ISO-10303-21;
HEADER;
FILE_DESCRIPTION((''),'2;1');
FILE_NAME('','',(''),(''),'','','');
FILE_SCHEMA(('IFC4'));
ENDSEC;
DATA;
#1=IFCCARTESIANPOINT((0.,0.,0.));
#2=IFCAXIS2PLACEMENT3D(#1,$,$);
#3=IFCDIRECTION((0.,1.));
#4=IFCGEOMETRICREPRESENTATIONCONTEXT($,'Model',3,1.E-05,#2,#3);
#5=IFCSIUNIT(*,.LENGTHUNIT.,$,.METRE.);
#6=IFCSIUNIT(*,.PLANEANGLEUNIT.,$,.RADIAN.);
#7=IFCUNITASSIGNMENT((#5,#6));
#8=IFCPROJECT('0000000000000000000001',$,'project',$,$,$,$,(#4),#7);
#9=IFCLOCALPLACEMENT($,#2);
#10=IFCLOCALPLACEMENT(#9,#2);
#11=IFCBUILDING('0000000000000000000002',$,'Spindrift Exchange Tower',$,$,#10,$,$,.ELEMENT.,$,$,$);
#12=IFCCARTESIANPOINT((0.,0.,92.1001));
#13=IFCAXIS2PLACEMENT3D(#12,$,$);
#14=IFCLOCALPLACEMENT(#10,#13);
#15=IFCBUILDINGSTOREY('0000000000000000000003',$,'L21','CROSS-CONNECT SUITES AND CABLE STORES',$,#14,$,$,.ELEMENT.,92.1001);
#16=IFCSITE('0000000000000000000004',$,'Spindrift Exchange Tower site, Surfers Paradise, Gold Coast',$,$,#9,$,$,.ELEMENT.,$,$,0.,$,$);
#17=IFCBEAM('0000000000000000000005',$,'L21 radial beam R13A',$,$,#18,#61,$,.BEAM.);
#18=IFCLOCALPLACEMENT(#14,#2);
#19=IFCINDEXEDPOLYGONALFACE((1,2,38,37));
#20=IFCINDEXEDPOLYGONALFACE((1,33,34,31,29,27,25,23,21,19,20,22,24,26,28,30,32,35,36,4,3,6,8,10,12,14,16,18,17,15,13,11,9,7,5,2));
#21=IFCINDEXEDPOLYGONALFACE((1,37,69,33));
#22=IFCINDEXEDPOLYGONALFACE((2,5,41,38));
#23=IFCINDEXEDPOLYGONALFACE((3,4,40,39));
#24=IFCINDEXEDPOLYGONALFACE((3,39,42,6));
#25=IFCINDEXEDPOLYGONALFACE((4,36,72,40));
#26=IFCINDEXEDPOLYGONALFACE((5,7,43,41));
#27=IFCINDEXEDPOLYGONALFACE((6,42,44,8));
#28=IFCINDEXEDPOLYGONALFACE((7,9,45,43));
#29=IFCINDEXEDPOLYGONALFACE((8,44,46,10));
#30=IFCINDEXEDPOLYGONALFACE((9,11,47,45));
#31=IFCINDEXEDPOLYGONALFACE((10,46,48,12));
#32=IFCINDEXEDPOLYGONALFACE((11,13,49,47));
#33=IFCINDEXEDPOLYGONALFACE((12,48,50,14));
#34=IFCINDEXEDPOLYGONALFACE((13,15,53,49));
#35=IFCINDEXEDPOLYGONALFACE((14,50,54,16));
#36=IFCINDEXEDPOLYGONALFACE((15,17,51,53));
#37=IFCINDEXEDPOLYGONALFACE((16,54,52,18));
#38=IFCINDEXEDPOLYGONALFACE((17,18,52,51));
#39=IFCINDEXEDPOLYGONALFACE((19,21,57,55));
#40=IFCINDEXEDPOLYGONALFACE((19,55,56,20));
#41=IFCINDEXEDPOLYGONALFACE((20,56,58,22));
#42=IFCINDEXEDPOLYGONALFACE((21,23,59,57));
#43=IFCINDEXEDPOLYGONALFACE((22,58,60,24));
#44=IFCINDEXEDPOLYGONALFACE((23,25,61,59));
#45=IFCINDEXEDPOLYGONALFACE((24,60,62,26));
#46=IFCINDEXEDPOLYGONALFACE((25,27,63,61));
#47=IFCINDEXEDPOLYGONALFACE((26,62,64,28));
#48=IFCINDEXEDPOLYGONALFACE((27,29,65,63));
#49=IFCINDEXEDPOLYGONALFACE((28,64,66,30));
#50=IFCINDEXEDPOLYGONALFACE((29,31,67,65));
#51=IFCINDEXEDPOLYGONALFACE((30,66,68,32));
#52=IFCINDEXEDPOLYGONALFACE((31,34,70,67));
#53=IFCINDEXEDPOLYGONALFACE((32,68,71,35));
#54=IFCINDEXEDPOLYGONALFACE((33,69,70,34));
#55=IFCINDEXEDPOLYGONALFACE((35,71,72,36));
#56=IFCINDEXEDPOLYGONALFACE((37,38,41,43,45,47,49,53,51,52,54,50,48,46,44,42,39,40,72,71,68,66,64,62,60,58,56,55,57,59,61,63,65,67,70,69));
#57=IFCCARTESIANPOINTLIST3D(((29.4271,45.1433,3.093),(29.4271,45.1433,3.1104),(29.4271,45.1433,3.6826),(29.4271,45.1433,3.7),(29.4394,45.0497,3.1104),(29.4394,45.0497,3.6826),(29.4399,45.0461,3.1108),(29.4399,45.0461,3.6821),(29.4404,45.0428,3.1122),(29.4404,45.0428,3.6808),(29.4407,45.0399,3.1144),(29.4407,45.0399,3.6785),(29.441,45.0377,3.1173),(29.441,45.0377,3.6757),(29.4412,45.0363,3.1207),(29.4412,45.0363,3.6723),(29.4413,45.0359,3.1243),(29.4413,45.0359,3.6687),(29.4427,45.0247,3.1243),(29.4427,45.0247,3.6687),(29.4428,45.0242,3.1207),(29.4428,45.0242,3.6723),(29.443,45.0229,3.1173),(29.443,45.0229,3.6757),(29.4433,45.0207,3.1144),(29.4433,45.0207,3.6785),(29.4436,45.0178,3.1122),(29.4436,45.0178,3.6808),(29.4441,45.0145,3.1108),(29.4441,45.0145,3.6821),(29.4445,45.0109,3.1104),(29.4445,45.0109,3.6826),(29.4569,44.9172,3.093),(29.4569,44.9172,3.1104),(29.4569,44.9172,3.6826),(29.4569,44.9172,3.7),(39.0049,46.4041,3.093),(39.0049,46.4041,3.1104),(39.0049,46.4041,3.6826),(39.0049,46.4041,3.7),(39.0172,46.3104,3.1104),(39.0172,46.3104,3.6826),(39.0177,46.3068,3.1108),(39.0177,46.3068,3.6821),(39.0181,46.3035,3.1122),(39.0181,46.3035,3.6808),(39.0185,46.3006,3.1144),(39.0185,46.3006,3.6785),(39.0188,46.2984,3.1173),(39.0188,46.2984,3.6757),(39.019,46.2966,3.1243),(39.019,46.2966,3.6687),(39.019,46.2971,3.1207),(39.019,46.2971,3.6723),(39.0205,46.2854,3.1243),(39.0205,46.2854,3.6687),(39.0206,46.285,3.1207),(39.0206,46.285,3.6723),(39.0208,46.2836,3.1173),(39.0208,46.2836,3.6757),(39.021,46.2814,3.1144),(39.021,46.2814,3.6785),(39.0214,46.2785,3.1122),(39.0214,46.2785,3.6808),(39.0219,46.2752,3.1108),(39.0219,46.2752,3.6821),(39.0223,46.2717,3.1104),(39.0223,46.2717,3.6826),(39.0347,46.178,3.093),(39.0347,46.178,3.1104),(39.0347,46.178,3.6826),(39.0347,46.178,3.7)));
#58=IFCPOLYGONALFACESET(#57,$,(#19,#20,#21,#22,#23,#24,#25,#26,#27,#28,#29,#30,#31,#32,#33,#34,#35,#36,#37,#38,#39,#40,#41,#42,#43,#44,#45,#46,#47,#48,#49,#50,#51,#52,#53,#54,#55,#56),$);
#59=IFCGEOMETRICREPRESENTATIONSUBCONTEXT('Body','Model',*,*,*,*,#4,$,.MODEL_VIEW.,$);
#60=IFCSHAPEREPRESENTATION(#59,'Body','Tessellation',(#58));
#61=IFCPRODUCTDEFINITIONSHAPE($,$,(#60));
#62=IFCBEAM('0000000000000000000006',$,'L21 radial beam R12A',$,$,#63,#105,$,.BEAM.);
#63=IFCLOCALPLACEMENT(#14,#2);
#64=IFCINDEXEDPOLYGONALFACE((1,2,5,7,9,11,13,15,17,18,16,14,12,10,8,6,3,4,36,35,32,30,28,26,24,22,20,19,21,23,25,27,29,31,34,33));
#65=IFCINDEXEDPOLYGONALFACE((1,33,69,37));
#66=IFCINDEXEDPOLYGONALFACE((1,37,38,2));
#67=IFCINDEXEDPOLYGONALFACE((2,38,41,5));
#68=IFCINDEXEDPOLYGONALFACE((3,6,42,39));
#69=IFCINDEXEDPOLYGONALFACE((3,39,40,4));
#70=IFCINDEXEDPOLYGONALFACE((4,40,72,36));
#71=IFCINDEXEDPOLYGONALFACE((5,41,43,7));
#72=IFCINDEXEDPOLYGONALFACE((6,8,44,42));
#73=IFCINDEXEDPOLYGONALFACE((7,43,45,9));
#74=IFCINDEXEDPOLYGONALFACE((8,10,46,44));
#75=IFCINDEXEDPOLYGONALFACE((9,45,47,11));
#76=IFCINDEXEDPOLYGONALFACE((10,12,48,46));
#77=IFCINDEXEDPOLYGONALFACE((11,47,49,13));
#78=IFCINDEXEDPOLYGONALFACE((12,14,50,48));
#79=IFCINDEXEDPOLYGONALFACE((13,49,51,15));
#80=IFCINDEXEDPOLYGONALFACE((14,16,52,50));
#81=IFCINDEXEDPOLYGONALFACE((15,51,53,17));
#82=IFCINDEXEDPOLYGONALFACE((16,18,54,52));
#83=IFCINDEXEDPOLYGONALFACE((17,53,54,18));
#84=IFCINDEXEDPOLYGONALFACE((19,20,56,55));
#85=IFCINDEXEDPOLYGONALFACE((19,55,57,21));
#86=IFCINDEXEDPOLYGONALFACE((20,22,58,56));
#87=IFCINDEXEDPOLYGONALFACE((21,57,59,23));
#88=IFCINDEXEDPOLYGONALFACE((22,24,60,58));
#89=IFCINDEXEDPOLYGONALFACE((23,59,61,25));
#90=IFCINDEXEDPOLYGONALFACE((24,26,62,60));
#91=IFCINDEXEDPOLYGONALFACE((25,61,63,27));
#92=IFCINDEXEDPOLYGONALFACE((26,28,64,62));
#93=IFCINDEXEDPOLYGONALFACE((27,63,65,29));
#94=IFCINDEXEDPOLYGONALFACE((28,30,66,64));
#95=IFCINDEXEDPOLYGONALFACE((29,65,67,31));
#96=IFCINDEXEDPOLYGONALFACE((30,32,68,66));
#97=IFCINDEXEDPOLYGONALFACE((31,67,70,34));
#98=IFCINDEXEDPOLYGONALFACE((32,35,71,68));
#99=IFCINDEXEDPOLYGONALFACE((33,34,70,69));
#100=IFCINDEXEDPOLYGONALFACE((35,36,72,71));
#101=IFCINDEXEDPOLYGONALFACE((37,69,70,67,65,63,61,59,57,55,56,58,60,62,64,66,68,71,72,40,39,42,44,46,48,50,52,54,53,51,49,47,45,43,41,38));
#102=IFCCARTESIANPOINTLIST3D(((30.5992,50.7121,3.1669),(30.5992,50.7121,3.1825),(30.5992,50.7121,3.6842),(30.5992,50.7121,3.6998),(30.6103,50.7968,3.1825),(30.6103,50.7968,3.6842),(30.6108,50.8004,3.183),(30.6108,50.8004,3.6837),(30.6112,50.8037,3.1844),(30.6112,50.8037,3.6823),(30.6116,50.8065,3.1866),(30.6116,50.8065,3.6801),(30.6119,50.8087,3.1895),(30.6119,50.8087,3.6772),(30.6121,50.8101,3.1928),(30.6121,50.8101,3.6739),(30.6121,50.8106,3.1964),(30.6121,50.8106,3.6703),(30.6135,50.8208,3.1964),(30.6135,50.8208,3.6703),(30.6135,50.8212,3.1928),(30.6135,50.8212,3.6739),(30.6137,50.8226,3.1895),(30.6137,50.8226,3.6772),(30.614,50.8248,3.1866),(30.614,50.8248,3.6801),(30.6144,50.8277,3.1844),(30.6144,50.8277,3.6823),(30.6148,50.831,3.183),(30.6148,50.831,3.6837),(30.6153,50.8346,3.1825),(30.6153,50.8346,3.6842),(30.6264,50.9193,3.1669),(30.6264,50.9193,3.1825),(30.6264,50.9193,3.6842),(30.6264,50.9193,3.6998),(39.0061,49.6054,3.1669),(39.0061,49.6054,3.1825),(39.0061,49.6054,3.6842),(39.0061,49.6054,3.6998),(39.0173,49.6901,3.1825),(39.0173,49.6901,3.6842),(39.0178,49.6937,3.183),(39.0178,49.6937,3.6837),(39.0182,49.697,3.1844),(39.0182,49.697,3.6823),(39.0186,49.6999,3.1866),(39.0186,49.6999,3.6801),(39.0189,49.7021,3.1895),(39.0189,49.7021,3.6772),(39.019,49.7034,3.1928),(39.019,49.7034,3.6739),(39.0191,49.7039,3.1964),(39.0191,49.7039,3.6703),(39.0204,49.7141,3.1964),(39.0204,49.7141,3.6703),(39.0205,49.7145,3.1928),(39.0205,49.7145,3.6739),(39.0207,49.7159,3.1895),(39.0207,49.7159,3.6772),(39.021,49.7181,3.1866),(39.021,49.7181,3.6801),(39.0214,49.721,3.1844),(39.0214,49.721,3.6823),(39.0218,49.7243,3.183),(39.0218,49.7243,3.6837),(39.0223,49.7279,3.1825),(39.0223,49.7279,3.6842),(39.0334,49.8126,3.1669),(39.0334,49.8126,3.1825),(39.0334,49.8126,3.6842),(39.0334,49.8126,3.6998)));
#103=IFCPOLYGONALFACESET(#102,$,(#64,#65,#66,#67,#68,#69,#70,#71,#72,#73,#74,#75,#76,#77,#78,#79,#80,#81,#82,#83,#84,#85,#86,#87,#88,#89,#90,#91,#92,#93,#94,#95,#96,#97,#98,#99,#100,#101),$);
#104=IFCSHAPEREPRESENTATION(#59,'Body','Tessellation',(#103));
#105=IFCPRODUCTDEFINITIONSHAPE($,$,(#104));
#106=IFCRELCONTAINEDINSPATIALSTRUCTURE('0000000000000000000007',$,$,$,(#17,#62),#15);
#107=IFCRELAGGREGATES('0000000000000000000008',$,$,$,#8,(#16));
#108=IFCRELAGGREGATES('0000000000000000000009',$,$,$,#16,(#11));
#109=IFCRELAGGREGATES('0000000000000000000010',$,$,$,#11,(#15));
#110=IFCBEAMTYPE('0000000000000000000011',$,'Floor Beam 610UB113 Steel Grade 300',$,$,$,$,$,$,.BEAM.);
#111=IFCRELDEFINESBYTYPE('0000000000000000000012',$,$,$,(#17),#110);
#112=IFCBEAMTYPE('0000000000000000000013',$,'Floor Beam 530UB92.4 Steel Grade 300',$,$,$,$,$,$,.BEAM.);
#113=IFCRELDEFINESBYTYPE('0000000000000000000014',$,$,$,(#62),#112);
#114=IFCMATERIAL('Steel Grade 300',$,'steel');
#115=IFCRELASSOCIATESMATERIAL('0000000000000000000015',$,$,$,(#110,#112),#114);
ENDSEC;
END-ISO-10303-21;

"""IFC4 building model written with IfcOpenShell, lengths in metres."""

from ifc_helpers import new_model, si_unit, direction, frame, origin, origin_2d, place, context, subcontext, project, spatial, i_section, extrude, source, transform, mapped, material, material_profile, profile_set, type_object, element, save


model = new_model("IFC4")

# Units and contexts
model_context = context("Model", 3, precision=1e-05, world=origin(), true_north=direction((0.0, 1.0)))
body_context = subcontext(model_context, "Body", "Model", "MODEL_VIEW")
ifc_project = project(units=[si_unit("LENGTHUNIT", "METRE"), si_unit("PLANEANGLEUNIT", "RADIAN")], contexts=[model_context])

# Site, building, storey
site_placement = place(None, origin())
site = spatial("IfcSite", under=ifc_project, at=site_placement, Name="Spindrift Exchange Tower site, Surfers Paradise, Gold Coast", CompositionType="ELEMENT", RefElevation=0.0)
building_placement = place(site_placement, origin())
building = spatial("IfcBuilding", under=site, at=building_placement, Name="Spindrift Exchange Tower", CompositionType="ELEMENT")
storey_placement = place(building_placement, frame((0.0, 0.0, 92.1001)))
storey = spatial("IfcBuildingStorey", under=building, at=storey_placement, Name="L21", Description="CROSS-CONNECT SUITES AND CABLE STORES", CompositionType="ELEMENT", Elevation=92.1001)

# Beams
ifc_material_1 = material(Name="Steel Grade 300", Category="steel")
ifc_material_profile_1 = material_profile(ifc_material_1, i_section(OverallWidth=0.228, OverallDepth=0.6069, WebThickness=0.0112, FlangeThickness=0.0173, FilletRadius=0.0139, at=origin_2d()), Name="610UB113")
ifc_profile_set_1 = profile_set([ifc_material_profile_1], Name="Steel Grade 300")
beam_type_1 = type_object("IfcBeamType", Name="Floor Beam 610UB113 Steel Grade 300", PredefinedType="BEAM", material=ifc_profile_set_1)
shared_shape_1 = source(origin(), body_context, "Body", "SweptSolid", [
    extrude(i_section(OverallWidth=0.228, OverallDepth=0.6069, WebThickness=0.0112, FlangeThickness=0.0173, FilletRadius=0.0139, at=origin_2d()), origin(), (0.0, 0.0, 1.0), 9.6604),
])
beam_1_placement = place(storey_placement, frame((39.0198, 46.291, 3.3965), z_axis=(-0.991448, -0.130505, 0.0), x_axis=(0.130505, -0.991448, 0.0)))
element("IfcBeam", 1, at=beam_1_placement, inside=storey, type_object=beam_type_1, Name="L21 radial beam R13A", PredefinedType="BEAM", context=body_context, shape_type="MappedRepresentation", body=[
    mapped(shared_shape_1, transform((0.0, 0.0, 0.0), scale=1.0)),
])
ifc_material_profile_2 = material_profile(ifc_material_1, i_section(OverallWidth=0.209, OverallDepth=0.533, WebThickness=0.0103, FlangeThickness=0.0156, FilletRadius=0.0139, at=origin_2d()), Name="530UB92.4")
ifc_profile_set_2 = profile_set([ifc_material_profile_2], Name="Steel Grade 300")
beam_type_2 = type_object("IfcBeamType", Name="Floor Beam 530UB92.4 Steel Grade 300", PredefinedType="BEAM", material=ifc_profile_set_2)
shared_shape_2 = source(origin(), body_context, "Body", "SweptSolid", [
    extrude(i_section(OverallWidth=0.209, OverallDepth=0.533, WebThickness=0.0103, FlangeThickness=0.0156, FilletRadius=0.0139, at=origin_2d()), origin(), (0.0, 0.0, 1.0), 8.4795),
])
beam_2_placement = place(storey_placement, frame((39.0198, 49.709, 3.4333), z_axis=(-0.991447, 0.130513, 0.0), x_axis=(-0.130513, -0.991447, 0.0)))
element("IfcBeam", 2, at=beam_2_placement, inside=storey, type_object=beam_type_2, Name="L21 radial beam R12A", PredefinedType="BEAM", context=body_context, shape_type="MappedRepresentation", body=[
    mapped(shared_shape_2, transform((0.0, 0.0, 0.0), scale=1.0)),
])

save(model, "model.ifc")
